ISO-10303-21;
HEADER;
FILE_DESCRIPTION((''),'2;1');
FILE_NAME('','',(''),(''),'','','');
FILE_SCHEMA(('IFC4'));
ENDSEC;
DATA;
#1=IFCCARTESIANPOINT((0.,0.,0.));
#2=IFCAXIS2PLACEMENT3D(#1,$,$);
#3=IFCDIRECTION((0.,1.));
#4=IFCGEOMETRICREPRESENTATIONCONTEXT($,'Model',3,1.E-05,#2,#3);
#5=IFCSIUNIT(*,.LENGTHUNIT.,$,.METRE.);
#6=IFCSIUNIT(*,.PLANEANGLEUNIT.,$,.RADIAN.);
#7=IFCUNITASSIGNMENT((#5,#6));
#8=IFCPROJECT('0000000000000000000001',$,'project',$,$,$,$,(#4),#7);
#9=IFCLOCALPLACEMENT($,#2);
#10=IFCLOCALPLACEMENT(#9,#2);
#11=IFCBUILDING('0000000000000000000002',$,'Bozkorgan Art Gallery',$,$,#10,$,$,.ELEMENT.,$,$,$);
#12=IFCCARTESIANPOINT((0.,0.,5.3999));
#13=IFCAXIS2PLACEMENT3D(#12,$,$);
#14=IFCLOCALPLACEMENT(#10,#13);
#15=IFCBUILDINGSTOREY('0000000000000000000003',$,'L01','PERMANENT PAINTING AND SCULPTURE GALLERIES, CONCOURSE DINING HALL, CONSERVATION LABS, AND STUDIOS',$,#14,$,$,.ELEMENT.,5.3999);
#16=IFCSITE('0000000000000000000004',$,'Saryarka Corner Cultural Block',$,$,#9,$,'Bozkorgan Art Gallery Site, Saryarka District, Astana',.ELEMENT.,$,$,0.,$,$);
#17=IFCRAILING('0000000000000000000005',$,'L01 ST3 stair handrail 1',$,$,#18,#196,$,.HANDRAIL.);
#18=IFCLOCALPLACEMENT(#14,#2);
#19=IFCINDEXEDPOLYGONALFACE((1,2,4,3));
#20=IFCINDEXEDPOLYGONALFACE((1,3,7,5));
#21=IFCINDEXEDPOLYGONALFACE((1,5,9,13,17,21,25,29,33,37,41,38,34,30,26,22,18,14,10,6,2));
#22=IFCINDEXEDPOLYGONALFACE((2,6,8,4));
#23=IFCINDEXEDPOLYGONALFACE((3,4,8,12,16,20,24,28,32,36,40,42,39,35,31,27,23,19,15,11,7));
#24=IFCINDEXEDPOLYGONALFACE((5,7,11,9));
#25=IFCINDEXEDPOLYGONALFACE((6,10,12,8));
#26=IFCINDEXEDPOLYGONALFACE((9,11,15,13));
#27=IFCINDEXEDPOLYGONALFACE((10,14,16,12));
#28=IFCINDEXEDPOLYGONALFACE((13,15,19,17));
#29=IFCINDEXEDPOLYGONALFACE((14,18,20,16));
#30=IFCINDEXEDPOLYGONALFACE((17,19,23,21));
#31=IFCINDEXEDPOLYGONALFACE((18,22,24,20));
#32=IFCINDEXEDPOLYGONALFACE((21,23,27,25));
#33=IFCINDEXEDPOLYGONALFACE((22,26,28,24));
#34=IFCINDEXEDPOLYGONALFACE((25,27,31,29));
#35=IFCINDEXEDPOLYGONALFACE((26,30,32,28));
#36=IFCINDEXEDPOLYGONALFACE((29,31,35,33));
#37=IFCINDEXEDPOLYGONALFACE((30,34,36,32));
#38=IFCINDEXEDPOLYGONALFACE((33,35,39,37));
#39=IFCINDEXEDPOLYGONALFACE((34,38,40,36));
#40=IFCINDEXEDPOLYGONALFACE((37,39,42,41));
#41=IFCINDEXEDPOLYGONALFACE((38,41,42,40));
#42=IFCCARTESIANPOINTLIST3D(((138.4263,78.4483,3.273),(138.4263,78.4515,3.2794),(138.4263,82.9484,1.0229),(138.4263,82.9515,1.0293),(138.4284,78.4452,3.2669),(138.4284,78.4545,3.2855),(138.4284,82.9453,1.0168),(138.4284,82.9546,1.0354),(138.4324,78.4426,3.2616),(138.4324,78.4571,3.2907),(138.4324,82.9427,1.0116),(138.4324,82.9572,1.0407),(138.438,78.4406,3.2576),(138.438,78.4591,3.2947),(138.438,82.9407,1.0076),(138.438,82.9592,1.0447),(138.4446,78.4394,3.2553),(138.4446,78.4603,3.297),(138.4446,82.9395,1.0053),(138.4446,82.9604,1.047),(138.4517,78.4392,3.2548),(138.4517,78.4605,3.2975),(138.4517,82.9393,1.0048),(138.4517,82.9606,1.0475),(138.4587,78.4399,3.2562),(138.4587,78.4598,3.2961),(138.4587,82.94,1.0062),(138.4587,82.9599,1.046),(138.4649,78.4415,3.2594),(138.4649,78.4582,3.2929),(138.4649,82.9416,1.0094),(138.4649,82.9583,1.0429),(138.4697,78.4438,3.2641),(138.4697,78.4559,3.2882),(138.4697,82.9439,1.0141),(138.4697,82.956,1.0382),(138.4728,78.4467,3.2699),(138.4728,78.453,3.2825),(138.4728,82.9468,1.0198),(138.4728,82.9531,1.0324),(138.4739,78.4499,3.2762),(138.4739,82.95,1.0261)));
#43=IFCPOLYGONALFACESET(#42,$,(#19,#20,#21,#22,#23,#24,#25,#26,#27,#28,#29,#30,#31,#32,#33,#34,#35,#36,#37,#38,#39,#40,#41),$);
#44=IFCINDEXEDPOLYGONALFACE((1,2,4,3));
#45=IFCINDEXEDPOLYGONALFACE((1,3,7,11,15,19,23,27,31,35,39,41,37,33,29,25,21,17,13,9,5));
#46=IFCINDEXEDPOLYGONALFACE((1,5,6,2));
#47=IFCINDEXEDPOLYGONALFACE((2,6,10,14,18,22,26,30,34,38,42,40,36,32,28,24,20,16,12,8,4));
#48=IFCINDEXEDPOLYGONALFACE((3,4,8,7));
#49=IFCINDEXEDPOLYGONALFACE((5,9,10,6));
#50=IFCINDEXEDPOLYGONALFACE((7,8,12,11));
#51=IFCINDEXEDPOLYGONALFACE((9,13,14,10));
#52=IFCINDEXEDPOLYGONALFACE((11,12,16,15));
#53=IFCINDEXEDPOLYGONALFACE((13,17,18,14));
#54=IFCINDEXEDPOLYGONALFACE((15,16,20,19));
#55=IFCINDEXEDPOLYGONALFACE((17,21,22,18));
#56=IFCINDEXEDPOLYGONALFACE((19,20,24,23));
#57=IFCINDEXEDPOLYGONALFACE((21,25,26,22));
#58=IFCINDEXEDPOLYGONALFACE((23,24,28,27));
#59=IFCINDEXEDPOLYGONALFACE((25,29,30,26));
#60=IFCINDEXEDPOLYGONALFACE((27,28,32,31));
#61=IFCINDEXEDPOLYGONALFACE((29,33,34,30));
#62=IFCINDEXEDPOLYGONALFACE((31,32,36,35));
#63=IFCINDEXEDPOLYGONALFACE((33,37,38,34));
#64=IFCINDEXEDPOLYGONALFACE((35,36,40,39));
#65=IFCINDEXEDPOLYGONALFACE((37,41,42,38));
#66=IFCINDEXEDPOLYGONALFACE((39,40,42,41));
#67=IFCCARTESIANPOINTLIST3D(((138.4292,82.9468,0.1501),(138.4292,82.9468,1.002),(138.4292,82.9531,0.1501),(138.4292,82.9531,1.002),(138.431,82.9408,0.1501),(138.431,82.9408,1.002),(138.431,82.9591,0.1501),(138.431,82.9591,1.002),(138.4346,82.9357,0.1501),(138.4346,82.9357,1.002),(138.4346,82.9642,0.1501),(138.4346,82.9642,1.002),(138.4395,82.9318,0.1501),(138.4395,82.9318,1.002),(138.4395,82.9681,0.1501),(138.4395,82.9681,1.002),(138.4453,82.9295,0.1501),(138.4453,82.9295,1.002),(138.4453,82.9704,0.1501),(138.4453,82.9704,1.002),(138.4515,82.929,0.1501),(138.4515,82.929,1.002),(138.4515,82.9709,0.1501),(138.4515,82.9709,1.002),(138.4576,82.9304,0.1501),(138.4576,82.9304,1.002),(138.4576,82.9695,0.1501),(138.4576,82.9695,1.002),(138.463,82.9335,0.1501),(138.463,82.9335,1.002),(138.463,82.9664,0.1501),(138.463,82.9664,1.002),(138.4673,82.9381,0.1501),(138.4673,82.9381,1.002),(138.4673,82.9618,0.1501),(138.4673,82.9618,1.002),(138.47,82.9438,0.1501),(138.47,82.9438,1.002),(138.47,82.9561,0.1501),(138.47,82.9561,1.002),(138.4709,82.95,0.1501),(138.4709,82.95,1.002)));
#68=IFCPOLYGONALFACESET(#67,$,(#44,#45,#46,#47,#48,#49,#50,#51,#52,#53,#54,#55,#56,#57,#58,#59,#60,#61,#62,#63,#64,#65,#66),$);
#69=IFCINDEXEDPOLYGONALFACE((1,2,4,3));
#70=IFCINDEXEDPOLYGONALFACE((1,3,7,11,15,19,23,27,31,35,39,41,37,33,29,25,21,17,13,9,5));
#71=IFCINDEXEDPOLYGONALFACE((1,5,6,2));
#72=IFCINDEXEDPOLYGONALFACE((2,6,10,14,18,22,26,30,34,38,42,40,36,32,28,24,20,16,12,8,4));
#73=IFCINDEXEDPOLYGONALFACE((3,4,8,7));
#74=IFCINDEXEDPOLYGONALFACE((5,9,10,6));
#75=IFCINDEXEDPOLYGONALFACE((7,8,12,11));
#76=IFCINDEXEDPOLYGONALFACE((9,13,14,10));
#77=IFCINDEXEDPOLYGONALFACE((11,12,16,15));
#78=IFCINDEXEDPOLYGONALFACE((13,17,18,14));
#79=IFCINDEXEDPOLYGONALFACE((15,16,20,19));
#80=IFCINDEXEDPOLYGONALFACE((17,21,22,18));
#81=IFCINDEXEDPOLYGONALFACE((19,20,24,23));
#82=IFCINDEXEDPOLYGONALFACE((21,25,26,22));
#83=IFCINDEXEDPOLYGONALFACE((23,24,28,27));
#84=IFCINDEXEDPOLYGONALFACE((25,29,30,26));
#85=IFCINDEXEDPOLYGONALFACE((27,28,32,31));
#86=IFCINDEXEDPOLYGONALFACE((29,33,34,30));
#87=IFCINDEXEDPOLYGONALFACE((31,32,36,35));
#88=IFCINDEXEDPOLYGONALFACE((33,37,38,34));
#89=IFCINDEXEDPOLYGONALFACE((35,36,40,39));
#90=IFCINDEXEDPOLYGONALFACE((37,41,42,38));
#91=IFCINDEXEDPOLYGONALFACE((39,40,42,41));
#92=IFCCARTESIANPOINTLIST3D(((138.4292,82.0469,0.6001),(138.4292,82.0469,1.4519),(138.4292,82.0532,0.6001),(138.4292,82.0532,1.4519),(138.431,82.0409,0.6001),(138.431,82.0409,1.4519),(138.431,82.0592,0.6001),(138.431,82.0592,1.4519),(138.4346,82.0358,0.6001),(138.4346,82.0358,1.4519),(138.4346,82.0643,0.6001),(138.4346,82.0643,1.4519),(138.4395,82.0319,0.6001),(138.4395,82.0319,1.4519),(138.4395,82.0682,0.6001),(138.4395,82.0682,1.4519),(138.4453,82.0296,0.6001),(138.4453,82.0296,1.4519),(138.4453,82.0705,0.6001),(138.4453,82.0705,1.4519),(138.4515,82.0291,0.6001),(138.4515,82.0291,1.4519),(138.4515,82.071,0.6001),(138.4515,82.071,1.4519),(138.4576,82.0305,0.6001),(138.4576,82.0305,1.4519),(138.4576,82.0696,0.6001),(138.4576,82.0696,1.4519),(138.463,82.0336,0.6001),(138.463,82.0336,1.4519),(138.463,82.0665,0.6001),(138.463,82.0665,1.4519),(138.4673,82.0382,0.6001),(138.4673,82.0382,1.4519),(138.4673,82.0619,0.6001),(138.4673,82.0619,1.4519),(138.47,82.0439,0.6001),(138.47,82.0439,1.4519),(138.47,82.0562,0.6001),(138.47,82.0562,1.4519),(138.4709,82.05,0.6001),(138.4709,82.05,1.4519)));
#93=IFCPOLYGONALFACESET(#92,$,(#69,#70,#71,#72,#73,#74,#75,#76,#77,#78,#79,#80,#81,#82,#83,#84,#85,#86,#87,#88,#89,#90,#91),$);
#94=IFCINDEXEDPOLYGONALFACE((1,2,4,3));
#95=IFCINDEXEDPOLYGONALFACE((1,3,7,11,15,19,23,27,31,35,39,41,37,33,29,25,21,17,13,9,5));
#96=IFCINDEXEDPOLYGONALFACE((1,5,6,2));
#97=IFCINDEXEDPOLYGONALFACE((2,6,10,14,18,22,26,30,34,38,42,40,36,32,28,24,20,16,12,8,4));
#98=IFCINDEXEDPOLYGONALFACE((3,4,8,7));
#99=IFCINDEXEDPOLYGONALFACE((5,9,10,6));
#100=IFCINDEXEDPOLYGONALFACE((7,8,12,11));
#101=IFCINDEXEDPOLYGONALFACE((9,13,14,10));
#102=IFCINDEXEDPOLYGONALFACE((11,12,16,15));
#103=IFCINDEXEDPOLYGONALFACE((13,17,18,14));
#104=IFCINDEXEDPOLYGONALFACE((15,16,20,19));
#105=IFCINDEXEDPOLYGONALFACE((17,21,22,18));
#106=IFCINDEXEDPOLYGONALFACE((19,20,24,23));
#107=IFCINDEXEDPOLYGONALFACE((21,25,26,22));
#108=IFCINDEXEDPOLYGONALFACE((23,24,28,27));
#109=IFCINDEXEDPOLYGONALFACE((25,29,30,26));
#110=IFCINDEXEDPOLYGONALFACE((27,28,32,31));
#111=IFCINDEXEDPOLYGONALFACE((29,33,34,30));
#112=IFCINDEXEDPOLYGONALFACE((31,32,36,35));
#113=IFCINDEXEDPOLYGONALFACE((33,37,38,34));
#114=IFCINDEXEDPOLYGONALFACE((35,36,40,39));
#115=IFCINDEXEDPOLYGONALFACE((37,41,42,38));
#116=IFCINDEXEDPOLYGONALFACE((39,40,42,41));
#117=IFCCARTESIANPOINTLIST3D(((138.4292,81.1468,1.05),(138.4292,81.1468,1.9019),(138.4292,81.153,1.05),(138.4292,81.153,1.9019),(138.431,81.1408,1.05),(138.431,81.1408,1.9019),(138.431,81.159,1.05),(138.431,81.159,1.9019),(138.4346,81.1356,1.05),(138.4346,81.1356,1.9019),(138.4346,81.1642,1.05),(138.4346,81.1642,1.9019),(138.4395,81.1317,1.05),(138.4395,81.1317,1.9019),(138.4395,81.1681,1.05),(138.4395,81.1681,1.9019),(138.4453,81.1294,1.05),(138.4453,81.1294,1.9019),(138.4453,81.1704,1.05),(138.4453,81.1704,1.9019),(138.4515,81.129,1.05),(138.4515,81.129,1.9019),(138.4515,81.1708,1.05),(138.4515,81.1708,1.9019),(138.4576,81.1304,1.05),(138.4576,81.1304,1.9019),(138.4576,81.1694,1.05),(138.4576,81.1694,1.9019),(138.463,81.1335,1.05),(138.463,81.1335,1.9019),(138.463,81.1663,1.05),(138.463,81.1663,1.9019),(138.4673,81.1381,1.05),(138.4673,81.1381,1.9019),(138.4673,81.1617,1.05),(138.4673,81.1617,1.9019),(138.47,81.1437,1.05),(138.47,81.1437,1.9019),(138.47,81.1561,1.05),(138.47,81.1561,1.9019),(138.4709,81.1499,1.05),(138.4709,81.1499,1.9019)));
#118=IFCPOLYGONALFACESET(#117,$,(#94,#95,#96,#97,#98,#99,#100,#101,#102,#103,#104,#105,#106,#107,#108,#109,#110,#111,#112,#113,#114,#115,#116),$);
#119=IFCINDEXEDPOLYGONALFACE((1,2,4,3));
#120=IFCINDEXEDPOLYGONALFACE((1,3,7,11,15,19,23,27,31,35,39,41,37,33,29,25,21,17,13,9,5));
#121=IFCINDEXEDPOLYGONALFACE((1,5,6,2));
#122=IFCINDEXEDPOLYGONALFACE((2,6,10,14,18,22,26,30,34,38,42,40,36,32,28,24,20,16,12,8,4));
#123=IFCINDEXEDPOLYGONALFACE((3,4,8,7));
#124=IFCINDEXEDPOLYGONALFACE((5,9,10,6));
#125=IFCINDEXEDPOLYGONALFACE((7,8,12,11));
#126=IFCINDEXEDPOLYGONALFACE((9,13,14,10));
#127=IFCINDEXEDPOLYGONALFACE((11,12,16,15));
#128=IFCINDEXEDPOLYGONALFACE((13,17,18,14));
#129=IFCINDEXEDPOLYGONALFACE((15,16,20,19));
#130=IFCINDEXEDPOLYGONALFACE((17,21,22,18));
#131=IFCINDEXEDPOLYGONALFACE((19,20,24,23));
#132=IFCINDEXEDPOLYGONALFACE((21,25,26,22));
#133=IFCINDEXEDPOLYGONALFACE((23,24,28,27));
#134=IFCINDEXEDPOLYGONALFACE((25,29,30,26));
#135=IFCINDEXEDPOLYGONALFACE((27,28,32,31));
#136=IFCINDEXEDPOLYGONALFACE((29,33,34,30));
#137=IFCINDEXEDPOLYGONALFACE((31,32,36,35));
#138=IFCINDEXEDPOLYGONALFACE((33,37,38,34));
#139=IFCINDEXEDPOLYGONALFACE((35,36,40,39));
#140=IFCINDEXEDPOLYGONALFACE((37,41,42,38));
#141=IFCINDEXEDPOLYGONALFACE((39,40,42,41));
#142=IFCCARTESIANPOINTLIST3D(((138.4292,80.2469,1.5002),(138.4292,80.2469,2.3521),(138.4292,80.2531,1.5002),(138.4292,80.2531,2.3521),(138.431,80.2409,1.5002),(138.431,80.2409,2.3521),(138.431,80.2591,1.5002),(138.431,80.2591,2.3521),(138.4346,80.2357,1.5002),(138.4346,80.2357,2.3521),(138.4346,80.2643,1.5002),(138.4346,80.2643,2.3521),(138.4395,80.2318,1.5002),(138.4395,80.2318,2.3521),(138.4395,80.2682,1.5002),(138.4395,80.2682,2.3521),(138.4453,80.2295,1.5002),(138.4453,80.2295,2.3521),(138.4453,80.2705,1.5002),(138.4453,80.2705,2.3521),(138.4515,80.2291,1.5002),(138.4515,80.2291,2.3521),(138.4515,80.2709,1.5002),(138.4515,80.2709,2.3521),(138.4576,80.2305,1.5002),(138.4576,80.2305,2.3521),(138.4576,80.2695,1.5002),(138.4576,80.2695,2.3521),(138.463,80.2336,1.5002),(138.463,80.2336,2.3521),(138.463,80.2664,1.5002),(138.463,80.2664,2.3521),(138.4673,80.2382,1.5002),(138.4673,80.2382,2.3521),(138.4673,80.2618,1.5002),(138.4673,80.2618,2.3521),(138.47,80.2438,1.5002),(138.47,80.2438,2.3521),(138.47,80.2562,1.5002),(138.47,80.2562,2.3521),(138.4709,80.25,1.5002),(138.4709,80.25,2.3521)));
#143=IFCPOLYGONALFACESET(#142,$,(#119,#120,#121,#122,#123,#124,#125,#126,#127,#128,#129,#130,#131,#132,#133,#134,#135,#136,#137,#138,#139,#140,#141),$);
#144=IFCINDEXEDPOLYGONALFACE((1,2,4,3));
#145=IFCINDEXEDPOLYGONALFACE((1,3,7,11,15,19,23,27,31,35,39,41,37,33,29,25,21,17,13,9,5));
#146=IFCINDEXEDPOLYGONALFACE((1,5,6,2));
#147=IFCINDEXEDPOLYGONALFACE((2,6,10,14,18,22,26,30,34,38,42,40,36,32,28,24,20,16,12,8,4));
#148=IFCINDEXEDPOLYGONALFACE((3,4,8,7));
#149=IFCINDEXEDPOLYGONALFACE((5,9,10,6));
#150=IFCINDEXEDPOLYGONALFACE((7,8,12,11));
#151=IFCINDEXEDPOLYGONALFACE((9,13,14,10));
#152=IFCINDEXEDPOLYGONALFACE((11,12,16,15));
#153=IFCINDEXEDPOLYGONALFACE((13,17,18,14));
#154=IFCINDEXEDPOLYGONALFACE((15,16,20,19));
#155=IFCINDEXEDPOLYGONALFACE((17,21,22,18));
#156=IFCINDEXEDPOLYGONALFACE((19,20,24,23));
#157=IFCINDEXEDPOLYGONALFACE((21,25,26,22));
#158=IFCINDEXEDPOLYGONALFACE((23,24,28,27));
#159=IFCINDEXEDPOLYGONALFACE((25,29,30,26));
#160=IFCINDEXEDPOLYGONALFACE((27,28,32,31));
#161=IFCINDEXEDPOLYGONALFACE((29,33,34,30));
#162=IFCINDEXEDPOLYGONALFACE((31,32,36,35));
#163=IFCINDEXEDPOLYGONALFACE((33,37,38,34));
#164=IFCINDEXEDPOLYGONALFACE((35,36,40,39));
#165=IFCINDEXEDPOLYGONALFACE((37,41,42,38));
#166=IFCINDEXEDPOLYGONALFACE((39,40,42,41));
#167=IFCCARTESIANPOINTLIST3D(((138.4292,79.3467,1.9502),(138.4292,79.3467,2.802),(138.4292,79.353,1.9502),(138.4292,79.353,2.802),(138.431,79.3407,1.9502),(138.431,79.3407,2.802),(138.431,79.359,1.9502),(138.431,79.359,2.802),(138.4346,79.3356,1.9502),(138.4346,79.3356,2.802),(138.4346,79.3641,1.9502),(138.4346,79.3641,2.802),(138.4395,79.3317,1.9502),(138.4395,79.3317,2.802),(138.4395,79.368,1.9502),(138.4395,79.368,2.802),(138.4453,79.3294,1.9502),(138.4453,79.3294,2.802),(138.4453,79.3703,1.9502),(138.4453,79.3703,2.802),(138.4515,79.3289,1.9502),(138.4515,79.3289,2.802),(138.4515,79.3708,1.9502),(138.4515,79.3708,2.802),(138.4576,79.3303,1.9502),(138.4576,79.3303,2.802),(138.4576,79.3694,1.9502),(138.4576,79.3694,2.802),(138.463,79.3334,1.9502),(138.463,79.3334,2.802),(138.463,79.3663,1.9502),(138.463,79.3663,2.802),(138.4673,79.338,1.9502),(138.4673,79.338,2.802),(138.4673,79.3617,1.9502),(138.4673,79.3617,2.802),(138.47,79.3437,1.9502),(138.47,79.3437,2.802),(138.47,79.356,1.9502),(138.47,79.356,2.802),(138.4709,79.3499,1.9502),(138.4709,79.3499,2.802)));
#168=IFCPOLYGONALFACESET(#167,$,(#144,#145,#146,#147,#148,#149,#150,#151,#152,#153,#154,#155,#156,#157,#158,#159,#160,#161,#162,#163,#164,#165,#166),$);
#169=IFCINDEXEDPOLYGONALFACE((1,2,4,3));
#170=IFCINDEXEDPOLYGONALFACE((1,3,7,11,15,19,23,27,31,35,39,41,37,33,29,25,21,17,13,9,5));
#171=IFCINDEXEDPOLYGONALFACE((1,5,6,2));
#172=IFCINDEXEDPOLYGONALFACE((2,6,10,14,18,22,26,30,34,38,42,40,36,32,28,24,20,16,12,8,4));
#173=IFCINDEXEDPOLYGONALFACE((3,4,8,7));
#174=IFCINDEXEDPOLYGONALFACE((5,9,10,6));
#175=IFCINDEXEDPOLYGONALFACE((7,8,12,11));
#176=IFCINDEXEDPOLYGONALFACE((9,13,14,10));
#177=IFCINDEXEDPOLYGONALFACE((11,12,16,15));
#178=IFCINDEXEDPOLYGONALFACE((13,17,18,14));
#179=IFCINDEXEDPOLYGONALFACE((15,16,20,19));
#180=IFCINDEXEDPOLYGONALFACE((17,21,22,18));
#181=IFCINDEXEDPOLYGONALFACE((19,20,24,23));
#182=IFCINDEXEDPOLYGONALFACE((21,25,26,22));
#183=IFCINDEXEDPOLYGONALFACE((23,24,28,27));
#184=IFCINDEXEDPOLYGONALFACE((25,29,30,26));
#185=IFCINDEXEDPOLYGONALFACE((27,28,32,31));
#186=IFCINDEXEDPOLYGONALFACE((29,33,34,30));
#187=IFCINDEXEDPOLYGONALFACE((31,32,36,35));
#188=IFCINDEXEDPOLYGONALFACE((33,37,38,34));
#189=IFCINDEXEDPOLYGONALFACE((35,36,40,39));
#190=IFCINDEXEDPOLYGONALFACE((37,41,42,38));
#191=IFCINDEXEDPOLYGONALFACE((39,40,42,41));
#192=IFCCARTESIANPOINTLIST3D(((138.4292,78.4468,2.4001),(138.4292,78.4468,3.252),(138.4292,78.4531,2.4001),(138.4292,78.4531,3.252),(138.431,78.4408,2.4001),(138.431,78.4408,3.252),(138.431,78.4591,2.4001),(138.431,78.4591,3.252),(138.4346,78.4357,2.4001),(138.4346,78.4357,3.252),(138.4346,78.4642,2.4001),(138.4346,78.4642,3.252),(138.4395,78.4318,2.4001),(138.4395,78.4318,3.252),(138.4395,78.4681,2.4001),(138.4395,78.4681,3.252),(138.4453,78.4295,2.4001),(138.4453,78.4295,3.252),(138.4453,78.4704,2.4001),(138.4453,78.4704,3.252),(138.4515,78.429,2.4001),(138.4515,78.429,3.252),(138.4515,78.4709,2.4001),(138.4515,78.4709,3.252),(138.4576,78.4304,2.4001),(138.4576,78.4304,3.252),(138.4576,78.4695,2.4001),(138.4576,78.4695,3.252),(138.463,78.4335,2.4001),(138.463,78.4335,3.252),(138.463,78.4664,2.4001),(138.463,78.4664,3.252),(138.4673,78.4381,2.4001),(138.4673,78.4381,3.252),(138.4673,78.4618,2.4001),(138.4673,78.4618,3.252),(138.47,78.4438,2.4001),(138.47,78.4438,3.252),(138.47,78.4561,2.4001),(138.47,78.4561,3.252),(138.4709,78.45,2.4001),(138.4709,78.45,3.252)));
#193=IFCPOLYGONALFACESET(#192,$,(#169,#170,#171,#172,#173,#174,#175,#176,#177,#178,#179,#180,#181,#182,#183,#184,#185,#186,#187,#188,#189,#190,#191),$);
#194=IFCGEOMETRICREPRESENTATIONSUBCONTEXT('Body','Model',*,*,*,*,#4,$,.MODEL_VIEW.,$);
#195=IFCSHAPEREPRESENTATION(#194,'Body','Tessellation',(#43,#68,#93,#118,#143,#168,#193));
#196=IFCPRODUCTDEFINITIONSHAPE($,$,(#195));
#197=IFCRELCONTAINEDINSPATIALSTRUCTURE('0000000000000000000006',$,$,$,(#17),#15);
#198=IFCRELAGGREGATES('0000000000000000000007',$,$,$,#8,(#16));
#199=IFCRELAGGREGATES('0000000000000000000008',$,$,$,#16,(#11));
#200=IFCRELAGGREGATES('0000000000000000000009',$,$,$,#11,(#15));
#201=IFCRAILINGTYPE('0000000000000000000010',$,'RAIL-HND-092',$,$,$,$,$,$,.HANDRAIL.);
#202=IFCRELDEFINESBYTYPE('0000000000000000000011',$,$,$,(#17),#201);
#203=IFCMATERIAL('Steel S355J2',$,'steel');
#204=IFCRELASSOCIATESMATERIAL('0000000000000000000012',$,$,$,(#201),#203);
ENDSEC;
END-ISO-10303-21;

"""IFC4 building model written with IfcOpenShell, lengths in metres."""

from ifc_helpers import new_model, si_unit, direction, frame, origin, origin_2d, place, context, subcontext, project, spatial, circle, extrude, material, type_object, element, save


model = new_model("IFC4")

# Units and contexts
model_context = context("Model", 3, precision=1e-05, world=origin(), true_north=direction((0.0, 1.0)))
body_context = subcontext(model_context, "Body", "Model", "MODEL_VIEW")
ifc_project = project(units=[si_unit("LENGTHUNIT", "METRE"), si_unit("PLANEANGLEUNIT", "RADIAN")], contexts=[model_context])

# Site, building, storey
site_placement = place(None, origin())
site = spatial("IfcSite", under=ifc_project, at=site_placement, Name="Saryarka Corner Cultural Block", LongName="Bozkorgan Art Gallery Site, Saryarka District, Astana", CompositionType="ELEMENT", RefElevation=0.0)
building_placement = place(site_placement, origin())
building = spatial("IfcBuilding", under=site, at=building_placement, Name="Bozkorgan Art Gallery", CompositionType="ELEMENT")
storey_placement = place(building_placement, frame((0.0, 0.0, 5.3999)))
storey = spatial("IfcBuildingStorey", under=building, at=storey_placement, Name="L01", Description="PERMANENT PAINTING AND SCULPTURE GALLERIES, CONCOURSE DINING HALL, CONSERVATION LABS, AND STUDIOS", CompositionType="ELEMENT", Elevation=5.3999)

# Shared definitions
ifc_material_1 = material(Name="Steel S355J2", Category="steel")

# Railing
railing_type_1 = type_object("IfcRailingType", Name="RAIL-HND-092", PredefinedType="HANDRAIL", material=ifc_material_1)
railing_1_placement = place(storey_placement, frame((138.45, 82.95, 0.1501)))
element("IfcRailing", 1, at=railing_1_placement, inside=storey, type_object=railing_type_1, Name="L01 ST3 stair handrail 1", PredefinedType="HANDRAIL", context=body_context, shape_type="SweptSolid", body=[
    extrude(circle(Radius=0.0239, at=origin_2d()), frame((0.0, 0.0, 0.876), z_axis=(0.0, -0.894427, 0.447214), x_axis=(1.0, 0.0, 0.0)), (0.0, 0.0, 1.0), 5.0312),
    extrude(circle(Radius=0.021, at=origin_2d()), origin(), (0.0, 0.0, 1.0), 0.8518),
    extrude(circle(Radius=0.021, at=origin_2d()), frame((0.0, -0.8999, 0.45)), (0.0, 0.0, 1.0), 0.8518),
    extrude(circle(Radius=0.021, at=origin_2d()), frame((0.0, -1.8, 0.8999)), (0.0, 0.0, 1.0), 0.8518),
    extrude(circle(Radius=0.021, at=origin_2d()), frame((0.0, -2.7, 1.3501)), (0.0, 0.0, 1.0), 0.8518),
    extrude(circle(Radius=0.021, at=origin_2d()), frame((0.0, -3.6001, 1.8)), (0.0, 0.0, 1.0), 0.8518),
    extrude(circle(Radius=0.021, at=origin_2d()), frame((0.0, -4.5, 2.25)), (0.0, 0.0, 1.0), 0.8518),
])

save(model, "model.ifc")
